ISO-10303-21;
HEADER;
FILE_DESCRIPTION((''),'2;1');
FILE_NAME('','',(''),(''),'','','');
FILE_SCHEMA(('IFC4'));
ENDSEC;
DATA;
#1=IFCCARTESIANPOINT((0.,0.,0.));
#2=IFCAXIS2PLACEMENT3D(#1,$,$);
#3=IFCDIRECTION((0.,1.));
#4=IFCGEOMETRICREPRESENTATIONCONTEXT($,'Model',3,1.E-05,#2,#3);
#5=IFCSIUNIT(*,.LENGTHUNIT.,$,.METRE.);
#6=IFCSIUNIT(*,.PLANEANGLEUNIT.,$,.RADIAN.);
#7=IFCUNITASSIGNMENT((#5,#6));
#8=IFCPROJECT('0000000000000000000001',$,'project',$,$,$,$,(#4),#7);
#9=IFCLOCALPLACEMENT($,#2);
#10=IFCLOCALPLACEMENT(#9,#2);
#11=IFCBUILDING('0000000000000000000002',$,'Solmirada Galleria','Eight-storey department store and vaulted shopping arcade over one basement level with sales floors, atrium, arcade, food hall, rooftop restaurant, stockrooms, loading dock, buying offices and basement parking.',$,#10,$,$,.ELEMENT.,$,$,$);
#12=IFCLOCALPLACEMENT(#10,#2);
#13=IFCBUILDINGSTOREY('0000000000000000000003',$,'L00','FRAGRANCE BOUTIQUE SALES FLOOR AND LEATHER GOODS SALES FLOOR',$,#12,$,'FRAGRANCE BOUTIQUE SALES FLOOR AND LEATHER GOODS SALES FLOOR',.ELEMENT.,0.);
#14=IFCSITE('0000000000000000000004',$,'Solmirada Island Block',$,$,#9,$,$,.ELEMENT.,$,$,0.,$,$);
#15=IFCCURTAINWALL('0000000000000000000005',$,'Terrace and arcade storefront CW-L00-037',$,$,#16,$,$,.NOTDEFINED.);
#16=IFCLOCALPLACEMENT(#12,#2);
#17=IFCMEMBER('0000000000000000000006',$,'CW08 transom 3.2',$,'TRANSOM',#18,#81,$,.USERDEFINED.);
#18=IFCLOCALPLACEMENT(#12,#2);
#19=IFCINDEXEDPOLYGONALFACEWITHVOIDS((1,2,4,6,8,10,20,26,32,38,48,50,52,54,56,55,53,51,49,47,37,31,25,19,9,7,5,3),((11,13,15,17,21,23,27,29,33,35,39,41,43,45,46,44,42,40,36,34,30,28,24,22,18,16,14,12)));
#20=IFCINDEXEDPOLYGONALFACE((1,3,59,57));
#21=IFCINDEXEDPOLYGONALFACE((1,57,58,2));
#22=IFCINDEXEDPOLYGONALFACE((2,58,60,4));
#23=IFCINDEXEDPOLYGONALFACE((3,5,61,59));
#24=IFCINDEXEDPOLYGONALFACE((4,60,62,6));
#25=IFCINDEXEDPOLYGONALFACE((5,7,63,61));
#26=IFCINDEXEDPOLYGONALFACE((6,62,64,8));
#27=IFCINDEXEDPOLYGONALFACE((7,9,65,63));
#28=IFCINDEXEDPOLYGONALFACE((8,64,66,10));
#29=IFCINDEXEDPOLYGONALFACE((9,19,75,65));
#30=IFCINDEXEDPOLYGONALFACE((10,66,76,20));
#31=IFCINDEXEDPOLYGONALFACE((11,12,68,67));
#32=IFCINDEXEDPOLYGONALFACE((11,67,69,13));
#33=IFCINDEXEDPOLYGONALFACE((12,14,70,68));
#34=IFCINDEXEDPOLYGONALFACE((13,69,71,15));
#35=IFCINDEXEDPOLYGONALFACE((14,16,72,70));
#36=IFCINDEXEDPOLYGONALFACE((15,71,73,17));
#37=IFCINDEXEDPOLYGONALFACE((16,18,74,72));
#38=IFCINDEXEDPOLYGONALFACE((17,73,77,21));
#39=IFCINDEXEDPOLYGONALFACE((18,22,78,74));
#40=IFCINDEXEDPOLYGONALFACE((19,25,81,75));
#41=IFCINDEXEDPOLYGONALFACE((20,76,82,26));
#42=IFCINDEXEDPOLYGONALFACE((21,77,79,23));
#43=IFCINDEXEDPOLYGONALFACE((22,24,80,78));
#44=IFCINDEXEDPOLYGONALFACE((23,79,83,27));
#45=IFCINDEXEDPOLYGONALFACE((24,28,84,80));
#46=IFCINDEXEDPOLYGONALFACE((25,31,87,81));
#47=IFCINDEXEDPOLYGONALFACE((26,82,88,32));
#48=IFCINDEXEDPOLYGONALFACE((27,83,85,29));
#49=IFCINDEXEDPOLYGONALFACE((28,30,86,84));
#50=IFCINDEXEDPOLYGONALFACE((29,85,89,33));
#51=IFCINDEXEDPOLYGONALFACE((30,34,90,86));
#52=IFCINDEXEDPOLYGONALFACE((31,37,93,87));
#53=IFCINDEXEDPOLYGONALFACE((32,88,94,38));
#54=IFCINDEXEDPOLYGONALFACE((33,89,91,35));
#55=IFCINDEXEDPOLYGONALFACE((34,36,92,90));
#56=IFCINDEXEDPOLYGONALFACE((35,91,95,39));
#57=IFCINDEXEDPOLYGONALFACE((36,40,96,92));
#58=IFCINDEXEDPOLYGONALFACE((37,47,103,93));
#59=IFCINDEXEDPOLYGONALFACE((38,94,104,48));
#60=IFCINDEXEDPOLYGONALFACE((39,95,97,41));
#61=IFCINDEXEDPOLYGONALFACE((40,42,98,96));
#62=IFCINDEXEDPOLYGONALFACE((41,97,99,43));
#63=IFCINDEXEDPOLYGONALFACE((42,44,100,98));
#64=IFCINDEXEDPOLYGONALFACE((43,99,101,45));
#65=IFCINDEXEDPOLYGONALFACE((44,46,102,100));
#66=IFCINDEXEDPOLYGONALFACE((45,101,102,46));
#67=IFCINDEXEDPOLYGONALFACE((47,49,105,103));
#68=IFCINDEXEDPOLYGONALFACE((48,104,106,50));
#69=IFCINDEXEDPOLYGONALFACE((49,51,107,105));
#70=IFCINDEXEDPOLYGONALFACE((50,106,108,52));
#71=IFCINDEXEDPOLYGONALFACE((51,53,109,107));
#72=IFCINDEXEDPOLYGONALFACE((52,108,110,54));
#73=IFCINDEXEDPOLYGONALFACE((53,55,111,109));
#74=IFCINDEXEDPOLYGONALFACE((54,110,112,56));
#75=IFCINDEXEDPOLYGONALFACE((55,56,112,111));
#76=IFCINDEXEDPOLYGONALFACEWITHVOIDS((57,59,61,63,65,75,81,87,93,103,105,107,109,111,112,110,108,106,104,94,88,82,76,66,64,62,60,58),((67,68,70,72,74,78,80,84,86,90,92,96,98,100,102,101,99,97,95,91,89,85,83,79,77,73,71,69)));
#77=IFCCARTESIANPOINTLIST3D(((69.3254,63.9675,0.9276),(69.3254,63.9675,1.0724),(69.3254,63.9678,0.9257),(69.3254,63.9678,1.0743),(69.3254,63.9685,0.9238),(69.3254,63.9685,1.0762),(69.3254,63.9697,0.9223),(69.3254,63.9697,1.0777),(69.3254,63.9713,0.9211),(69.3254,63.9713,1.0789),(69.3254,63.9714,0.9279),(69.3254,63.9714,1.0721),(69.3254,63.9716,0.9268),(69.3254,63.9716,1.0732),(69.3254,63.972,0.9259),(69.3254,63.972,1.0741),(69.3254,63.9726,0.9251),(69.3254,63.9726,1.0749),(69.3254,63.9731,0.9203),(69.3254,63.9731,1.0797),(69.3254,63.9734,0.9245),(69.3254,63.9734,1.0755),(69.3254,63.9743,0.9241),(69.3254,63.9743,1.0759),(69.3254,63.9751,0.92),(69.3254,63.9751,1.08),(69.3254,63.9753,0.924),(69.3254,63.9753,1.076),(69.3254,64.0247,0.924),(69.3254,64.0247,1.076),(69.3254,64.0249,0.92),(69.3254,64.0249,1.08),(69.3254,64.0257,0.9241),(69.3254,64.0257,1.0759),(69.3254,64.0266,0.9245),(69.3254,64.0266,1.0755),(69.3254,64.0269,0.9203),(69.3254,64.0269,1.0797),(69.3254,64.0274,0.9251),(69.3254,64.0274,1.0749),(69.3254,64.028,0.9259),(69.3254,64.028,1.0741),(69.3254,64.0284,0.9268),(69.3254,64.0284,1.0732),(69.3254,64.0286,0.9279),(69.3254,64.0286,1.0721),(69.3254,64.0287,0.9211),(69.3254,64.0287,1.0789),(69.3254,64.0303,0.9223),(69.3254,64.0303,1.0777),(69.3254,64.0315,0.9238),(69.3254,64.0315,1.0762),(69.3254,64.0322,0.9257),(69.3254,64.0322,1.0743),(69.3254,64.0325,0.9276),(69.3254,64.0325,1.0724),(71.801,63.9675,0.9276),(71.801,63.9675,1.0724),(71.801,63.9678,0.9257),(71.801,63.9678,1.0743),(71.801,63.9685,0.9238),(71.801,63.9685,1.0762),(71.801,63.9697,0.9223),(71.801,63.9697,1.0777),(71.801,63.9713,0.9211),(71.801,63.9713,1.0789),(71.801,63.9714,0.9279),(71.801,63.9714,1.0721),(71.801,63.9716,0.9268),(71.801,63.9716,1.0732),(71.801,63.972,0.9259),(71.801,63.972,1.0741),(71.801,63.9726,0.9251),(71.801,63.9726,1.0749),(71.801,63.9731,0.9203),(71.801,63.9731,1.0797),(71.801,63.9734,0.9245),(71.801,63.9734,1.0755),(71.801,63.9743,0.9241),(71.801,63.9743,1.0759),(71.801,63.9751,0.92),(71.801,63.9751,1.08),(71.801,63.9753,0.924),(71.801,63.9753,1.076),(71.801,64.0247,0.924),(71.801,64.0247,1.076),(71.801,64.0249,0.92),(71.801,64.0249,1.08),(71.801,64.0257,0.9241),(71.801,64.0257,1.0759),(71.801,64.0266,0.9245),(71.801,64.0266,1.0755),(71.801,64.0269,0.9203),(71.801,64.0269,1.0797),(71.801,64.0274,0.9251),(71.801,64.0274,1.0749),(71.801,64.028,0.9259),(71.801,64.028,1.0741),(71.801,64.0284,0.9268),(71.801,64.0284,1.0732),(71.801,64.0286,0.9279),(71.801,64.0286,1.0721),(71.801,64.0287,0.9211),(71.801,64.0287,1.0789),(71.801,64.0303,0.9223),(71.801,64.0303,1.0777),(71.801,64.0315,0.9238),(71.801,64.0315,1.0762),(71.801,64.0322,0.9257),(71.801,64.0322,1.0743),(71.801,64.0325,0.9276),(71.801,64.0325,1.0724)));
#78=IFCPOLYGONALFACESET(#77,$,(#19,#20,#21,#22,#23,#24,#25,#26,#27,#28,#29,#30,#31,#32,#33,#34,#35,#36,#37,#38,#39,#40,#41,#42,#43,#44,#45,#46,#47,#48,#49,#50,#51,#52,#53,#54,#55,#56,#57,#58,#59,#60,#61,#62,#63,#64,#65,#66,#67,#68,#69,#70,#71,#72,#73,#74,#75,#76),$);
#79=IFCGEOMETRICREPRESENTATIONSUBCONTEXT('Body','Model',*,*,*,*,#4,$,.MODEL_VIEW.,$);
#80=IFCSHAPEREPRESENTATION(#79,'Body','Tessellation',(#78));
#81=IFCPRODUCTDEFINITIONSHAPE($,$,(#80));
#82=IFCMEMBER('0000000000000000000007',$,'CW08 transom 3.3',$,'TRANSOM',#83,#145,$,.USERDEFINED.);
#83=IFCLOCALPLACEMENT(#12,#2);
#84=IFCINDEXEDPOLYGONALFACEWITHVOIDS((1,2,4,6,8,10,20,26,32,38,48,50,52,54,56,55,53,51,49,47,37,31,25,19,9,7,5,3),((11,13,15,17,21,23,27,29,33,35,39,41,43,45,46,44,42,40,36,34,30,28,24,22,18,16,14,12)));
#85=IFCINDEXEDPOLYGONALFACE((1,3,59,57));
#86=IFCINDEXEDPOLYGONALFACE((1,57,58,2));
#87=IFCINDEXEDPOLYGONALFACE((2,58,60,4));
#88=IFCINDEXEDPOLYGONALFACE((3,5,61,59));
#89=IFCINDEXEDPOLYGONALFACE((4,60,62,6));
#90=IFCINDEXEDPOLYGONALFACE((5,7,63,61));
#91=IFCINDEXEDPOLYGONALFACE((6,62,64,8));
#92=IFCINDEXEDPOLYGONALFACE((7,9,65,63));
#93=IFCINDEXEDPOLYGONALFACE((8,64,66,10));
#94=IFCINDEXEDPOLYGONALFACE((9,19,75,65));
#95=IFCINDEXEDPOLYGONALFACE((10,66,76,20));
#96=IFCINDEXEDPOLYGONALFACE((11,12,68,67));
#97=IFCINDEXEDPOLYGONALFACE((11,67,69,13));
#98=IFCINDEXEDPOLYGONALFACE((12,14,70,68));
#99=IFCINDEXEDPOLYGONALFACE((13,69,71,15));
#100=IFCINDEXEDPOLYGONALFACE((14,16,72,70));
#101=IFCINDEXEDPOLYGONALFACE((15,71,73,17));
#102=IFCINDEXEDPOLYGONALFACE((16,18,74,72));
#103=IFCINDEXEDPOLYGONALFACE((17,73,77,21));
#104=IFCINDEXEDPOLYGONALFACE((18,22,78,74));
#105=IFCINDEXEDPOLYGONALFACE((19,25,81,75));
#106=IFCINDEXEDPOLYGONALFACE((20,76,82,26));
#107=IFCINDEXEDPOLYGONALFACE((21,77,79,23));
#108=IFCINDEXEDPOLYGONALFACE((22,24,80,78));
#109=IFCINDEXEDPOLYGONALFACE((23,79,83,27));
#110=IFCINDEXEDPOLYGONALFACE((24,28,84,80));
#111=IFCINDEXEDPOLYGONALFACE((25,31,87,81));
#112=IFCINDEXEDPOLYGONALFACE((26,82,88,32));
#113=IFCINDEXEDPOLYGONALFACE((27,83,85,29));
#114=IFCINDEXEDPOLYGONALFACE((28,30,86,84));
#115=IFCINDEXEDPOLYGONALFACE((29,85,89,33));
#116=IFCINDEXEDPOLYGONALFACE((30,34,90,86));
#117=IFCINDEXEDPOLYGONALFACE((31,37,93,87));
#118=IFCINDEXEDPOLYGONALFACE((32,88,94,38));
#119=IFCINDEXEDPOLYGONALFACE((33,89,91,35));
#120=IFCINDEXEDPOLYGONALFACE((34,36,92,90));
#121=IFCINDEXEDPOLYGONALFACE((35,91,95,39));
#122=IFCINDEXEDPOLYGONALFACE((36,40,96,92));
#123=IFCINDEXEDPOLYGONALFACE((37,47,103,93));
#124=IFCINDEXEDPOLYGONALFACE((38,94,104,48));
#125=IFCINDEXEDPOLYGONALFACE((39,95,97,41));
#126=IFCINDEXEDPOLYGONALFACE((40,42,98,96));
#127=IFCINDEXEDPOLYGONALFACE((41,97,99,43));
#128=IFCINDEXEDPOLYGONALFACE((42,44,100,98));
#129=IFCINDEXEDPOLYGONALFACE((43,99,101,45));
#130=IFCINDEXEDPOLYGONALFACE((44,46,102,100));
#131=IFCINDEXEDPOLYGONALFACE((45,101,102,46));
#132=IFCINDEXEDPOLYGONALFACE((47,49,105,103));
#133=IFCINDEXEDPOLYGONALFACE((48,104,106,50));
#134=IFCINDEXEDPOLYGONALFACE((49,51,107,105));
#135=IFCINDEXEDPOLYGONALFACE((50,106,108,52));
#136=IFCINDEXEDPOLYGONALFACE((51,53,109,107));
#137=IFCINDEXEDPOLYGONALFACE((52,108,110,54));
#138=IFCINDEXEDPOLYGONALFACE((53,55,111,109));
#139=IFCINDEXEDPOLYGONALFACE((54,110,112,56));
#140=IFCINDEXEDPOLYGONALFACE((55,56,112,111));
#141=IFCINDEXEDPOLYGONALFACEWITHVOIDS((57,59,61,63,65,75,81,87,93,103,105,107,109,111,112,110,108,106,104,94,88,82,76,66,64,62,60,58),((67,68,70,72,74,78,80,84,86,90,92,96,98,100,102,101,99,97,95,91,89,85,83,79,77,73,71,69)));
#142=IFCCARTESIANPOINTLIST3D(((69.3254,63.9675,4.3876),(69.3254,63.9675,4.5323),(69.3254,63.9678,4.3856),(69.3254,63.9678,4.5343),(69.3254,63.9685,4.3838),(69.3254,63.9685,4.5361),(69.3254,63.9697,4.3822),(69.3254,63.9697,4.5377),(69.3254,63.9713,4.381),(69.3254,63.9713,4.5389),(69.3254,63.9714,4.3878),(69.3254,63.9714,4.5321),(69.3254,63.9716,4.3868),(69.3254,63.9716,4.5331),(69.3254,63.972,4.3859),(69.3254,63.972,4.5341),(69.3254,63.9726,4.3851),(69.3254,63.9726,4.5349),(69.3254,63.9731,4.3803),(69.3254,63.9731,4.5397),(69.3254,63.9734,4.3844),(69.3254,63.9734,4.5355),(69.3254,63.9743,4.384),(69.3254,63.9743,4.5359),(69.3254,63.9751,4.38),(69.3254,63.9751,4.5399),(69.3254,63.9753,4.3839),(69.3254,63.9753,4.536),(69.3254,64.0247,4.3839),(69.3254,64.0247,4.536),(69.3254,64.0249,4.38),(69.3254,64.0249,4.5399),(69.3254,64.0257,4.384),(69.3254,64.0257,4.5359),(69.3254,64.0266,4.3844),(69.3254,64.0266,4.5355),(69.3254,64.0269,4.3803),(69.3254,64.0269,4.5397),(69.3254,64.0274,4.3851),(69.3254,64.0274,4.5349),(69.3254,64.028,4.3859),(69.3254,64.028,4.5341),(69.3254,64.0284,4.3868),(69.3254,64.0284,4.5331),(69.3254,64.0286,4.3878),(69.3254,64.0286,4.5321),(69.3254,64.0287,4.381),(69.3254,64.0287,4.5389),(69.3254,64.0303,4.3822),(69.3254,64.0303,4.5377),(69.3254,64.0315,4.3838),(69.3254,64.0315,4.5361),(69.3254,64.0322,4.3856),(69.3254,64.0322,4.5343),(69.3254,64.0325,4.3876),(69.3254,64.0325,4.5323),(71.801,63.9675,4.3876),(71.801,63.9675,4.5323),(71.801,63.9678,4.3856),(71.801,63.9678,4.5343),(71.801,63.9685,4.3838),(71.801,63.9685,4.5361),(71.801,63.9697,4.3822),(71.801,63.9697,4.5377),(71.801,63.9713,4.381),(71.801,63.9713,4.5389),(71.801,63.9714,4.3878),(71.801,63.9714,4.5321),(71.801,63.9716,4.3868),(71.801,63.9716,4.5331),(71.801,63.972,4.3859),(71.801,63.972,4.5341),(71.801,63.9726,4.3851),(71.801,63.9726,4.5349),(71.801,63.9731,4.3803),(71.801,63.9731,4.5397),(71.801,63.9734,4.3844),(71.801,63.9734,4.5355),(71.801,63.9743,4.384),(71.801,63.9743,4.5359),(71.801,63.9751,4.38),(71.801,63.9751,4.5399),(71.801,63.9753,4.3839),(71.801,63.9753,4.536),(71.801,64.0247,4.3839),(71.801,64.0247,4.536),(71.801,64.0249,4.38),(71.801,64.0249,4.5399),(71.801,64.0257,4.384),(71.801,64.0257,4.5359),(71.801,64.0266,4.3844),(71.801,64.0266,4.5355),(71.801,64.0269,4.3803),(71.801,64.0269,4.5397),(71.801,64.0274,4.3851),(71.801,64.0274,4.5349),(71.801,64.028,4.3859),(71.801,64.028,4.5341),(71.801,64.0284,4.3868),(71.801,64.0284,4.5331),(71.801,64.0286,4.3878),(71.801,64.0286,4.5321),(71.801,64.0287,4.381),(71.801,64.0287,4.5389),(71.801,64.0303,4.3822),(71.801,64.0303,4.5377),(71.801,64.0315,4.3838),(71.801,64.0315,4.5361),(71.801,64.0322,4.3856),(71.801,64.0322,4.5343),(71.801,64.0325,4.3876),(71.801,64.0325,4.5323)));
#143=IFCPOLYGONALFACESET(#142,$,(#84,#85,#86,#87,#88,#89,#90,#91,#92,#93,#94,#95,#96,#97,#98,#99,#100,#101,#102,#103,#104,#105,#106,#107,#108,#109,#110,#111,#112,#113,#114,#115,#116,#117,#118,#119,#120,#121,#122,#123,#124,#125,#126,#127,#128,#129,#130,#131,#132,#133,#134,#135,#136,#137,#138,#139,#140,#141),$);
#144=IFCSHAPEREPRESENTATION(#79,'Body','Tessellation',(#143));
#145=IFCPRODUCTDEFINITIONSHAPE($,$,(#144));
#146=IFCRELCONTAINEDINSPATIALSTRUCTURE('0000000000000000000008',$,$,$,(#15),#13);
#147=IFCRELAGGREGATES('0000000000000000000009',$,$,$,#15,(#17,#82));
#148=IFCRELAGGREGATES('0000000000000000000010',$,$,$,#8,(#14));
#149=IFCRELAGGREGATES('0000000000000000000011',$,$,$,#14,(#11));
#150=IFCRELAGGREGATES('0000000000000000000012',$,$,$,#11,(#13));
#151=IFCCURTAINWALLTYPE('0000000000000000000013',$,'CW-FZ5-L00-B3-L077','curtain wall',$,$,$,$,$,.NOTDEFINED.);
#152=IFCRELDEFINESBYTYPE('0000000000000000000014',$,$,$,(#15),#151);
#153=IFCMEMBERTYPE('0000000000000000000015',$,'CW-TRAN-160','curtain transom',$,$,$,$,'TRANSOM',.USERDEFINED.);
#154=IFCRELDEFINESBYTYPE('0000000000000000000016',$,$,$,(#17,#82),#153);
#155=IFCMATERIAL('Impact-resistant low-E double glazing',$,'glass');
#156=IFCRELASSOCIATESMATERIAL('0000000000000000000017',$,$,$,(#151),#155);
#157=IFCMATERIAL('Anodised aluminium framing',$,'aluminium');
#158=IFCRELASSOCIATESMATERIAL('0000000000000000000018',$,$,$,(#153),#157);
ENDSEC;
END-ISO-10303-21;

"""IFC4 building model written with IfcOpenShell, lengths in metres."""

from ifc_helpers import new_model, si_unit, direction, frame, origin, origin_2d, place, context, subcontext, project, spatial, hollow_rectangle, extrude, material, material_profile, profile_set, type_object, element, aggregate, save


model = new_model("IFC4")

# Units and contexts
model_context = context("Model", 3, precision=1e-05, world=origin(), true_north=direction((0.0, 1.0)))
body_context = subcontext(model_context, "Body", "Model", "MODEL_VIEW")
ifc_project = project(units=[si_unit("LENGTHUNIT", "METRE"), si_unit("PLANEANGLEUNIT", "RADIAN")], contexts=[model_context])

# Site, building, storey
site_placement = place(None, origin())
site = spatial("IfcSite", under=ifc_project, at=site_placement, Name="Solmirada Island Block", CompositionType="ELEMENT", RefElevation=0.0)
building_placement = place(site_placement, origin())
building = spatial("IfcBuilding", under=site, at=building_placement, Name="Solmirada Galleria", Description="Eight-storey department store and vaulted shopping arcade over one basement level with sales floors, atrium, arcade, food hall, rooftop restaurant, stockrooms, loading dock, buying offices and basement parking.", CompositionType="ELEMENT")
storey_placement = place(building_placement, origin())
storey = spatial("IfcBuildingStorey", under=building, at=storey_placement, Name="L00", Description="FRAGRANCE BOUTIQUE SALES FLOOR AND LEATHER GOODS SALES FLOOR", LongName="FRAGRANCE BOUTIQUE SALES FLOOR AND LEATHER GOODS SALES FLOOR", CompositionType="ELEMENT", Elevation=0.0)

# Curtain wall
ifc_material_1 = material(Name="Impact-resistant low-E double glazing", Category="glass")
curtain_wall_type = type_object("IfcCurtainWallType", Name="CW-FZ5-L00-B3-L077", Description="curtain wall", PredefinedType="NOTDEFINED", material=ifc_material_1)
ifc_material_2 = material(Name="Anodised aluminium framing", Category="aluminium")
curtain_wall_1_placement = place(storey_placement, origin())
curtain_wall_1 = element("IfcCurtainWall", 1, at=curtain_wall_1_placement, inside=storey, type_object=curtain_wall_type, Name="Terrace and arcade storefront CW-L00-037", PredefinedType="NOTDEFINED")

# Members
ifc_material_profile_1 = material_profile(ifc_material_2, hollow_rectangle(XDim=0.0649, YDim=0.1599, WallThickness=0.0039, InnerFilletRadius=0.0039, OuterFilletRadius=0.0076, at=origin_2d()), Name="ALU-TRAN-160X65")
ifc_profile_set_1 = profile_set([ifc_material_profile_1], Name="Anodised aluminium framing")
member_type_1 = type_object("IfcMemberType", Name="CW-TRAN-160", Description="curtain transom", ElementType="TRANSOM", PredefinedType="USERDEFINED", material=ifc_profile_set_1)
member_1_placement = place(storey_placement, frame((69.3254, 64.0, 1.0), z_axis=(1.0, 0.0, 0.0), x_axis=(0.0, 1.0, 0.0)))
member_1 = element("IfcMember", 2, at=member_1_placement, type_object=member_type_1, Name="CW08 transom 3.2", ObjectType="TRANSOM", PredefinedType="USERDEFINED", context=body_context, shape_type="SweptSolid", body=[
    extrude(hollow_rectangle(XDim=0.0649, YDim=0.1599, WallThickness=0.0039, InnerFilletRadius=0.0039, OuterFilletRadius=0.0076, at=origin_2d()), origin(), (0.0, 0.0, 1.0), 2.4756),
])
member_2_placement = place(storey_placement, frame((69.3254, 64.0, 4.46), z_axis=(1.0, 0.0, 0.0), x_axis=(0.0, 1.0, 0.0)))
member_2 = element("IfcMember", 3, at=member_2_placement, type_object=member_type_1, Name="CW08 transom 3.3", ObjectType="TRANSOM", PredefinedType="USERDEFINED", context=body_context, shape_type="SweptSolid", body=[
    extrude(hollow_rectangle(XDim=0.0649, YDim=0.1599, WallThickness=0.0039, InnerFilletRadius=0.0039, OuterFilletRadius=0.0076, at=origin_2d()), origin(), (0.0, 0.0, 1.0), 2.4756),
])

aggregate(curtain_wall_1, [member_1, member_2])

save(model, "model.ifc")
